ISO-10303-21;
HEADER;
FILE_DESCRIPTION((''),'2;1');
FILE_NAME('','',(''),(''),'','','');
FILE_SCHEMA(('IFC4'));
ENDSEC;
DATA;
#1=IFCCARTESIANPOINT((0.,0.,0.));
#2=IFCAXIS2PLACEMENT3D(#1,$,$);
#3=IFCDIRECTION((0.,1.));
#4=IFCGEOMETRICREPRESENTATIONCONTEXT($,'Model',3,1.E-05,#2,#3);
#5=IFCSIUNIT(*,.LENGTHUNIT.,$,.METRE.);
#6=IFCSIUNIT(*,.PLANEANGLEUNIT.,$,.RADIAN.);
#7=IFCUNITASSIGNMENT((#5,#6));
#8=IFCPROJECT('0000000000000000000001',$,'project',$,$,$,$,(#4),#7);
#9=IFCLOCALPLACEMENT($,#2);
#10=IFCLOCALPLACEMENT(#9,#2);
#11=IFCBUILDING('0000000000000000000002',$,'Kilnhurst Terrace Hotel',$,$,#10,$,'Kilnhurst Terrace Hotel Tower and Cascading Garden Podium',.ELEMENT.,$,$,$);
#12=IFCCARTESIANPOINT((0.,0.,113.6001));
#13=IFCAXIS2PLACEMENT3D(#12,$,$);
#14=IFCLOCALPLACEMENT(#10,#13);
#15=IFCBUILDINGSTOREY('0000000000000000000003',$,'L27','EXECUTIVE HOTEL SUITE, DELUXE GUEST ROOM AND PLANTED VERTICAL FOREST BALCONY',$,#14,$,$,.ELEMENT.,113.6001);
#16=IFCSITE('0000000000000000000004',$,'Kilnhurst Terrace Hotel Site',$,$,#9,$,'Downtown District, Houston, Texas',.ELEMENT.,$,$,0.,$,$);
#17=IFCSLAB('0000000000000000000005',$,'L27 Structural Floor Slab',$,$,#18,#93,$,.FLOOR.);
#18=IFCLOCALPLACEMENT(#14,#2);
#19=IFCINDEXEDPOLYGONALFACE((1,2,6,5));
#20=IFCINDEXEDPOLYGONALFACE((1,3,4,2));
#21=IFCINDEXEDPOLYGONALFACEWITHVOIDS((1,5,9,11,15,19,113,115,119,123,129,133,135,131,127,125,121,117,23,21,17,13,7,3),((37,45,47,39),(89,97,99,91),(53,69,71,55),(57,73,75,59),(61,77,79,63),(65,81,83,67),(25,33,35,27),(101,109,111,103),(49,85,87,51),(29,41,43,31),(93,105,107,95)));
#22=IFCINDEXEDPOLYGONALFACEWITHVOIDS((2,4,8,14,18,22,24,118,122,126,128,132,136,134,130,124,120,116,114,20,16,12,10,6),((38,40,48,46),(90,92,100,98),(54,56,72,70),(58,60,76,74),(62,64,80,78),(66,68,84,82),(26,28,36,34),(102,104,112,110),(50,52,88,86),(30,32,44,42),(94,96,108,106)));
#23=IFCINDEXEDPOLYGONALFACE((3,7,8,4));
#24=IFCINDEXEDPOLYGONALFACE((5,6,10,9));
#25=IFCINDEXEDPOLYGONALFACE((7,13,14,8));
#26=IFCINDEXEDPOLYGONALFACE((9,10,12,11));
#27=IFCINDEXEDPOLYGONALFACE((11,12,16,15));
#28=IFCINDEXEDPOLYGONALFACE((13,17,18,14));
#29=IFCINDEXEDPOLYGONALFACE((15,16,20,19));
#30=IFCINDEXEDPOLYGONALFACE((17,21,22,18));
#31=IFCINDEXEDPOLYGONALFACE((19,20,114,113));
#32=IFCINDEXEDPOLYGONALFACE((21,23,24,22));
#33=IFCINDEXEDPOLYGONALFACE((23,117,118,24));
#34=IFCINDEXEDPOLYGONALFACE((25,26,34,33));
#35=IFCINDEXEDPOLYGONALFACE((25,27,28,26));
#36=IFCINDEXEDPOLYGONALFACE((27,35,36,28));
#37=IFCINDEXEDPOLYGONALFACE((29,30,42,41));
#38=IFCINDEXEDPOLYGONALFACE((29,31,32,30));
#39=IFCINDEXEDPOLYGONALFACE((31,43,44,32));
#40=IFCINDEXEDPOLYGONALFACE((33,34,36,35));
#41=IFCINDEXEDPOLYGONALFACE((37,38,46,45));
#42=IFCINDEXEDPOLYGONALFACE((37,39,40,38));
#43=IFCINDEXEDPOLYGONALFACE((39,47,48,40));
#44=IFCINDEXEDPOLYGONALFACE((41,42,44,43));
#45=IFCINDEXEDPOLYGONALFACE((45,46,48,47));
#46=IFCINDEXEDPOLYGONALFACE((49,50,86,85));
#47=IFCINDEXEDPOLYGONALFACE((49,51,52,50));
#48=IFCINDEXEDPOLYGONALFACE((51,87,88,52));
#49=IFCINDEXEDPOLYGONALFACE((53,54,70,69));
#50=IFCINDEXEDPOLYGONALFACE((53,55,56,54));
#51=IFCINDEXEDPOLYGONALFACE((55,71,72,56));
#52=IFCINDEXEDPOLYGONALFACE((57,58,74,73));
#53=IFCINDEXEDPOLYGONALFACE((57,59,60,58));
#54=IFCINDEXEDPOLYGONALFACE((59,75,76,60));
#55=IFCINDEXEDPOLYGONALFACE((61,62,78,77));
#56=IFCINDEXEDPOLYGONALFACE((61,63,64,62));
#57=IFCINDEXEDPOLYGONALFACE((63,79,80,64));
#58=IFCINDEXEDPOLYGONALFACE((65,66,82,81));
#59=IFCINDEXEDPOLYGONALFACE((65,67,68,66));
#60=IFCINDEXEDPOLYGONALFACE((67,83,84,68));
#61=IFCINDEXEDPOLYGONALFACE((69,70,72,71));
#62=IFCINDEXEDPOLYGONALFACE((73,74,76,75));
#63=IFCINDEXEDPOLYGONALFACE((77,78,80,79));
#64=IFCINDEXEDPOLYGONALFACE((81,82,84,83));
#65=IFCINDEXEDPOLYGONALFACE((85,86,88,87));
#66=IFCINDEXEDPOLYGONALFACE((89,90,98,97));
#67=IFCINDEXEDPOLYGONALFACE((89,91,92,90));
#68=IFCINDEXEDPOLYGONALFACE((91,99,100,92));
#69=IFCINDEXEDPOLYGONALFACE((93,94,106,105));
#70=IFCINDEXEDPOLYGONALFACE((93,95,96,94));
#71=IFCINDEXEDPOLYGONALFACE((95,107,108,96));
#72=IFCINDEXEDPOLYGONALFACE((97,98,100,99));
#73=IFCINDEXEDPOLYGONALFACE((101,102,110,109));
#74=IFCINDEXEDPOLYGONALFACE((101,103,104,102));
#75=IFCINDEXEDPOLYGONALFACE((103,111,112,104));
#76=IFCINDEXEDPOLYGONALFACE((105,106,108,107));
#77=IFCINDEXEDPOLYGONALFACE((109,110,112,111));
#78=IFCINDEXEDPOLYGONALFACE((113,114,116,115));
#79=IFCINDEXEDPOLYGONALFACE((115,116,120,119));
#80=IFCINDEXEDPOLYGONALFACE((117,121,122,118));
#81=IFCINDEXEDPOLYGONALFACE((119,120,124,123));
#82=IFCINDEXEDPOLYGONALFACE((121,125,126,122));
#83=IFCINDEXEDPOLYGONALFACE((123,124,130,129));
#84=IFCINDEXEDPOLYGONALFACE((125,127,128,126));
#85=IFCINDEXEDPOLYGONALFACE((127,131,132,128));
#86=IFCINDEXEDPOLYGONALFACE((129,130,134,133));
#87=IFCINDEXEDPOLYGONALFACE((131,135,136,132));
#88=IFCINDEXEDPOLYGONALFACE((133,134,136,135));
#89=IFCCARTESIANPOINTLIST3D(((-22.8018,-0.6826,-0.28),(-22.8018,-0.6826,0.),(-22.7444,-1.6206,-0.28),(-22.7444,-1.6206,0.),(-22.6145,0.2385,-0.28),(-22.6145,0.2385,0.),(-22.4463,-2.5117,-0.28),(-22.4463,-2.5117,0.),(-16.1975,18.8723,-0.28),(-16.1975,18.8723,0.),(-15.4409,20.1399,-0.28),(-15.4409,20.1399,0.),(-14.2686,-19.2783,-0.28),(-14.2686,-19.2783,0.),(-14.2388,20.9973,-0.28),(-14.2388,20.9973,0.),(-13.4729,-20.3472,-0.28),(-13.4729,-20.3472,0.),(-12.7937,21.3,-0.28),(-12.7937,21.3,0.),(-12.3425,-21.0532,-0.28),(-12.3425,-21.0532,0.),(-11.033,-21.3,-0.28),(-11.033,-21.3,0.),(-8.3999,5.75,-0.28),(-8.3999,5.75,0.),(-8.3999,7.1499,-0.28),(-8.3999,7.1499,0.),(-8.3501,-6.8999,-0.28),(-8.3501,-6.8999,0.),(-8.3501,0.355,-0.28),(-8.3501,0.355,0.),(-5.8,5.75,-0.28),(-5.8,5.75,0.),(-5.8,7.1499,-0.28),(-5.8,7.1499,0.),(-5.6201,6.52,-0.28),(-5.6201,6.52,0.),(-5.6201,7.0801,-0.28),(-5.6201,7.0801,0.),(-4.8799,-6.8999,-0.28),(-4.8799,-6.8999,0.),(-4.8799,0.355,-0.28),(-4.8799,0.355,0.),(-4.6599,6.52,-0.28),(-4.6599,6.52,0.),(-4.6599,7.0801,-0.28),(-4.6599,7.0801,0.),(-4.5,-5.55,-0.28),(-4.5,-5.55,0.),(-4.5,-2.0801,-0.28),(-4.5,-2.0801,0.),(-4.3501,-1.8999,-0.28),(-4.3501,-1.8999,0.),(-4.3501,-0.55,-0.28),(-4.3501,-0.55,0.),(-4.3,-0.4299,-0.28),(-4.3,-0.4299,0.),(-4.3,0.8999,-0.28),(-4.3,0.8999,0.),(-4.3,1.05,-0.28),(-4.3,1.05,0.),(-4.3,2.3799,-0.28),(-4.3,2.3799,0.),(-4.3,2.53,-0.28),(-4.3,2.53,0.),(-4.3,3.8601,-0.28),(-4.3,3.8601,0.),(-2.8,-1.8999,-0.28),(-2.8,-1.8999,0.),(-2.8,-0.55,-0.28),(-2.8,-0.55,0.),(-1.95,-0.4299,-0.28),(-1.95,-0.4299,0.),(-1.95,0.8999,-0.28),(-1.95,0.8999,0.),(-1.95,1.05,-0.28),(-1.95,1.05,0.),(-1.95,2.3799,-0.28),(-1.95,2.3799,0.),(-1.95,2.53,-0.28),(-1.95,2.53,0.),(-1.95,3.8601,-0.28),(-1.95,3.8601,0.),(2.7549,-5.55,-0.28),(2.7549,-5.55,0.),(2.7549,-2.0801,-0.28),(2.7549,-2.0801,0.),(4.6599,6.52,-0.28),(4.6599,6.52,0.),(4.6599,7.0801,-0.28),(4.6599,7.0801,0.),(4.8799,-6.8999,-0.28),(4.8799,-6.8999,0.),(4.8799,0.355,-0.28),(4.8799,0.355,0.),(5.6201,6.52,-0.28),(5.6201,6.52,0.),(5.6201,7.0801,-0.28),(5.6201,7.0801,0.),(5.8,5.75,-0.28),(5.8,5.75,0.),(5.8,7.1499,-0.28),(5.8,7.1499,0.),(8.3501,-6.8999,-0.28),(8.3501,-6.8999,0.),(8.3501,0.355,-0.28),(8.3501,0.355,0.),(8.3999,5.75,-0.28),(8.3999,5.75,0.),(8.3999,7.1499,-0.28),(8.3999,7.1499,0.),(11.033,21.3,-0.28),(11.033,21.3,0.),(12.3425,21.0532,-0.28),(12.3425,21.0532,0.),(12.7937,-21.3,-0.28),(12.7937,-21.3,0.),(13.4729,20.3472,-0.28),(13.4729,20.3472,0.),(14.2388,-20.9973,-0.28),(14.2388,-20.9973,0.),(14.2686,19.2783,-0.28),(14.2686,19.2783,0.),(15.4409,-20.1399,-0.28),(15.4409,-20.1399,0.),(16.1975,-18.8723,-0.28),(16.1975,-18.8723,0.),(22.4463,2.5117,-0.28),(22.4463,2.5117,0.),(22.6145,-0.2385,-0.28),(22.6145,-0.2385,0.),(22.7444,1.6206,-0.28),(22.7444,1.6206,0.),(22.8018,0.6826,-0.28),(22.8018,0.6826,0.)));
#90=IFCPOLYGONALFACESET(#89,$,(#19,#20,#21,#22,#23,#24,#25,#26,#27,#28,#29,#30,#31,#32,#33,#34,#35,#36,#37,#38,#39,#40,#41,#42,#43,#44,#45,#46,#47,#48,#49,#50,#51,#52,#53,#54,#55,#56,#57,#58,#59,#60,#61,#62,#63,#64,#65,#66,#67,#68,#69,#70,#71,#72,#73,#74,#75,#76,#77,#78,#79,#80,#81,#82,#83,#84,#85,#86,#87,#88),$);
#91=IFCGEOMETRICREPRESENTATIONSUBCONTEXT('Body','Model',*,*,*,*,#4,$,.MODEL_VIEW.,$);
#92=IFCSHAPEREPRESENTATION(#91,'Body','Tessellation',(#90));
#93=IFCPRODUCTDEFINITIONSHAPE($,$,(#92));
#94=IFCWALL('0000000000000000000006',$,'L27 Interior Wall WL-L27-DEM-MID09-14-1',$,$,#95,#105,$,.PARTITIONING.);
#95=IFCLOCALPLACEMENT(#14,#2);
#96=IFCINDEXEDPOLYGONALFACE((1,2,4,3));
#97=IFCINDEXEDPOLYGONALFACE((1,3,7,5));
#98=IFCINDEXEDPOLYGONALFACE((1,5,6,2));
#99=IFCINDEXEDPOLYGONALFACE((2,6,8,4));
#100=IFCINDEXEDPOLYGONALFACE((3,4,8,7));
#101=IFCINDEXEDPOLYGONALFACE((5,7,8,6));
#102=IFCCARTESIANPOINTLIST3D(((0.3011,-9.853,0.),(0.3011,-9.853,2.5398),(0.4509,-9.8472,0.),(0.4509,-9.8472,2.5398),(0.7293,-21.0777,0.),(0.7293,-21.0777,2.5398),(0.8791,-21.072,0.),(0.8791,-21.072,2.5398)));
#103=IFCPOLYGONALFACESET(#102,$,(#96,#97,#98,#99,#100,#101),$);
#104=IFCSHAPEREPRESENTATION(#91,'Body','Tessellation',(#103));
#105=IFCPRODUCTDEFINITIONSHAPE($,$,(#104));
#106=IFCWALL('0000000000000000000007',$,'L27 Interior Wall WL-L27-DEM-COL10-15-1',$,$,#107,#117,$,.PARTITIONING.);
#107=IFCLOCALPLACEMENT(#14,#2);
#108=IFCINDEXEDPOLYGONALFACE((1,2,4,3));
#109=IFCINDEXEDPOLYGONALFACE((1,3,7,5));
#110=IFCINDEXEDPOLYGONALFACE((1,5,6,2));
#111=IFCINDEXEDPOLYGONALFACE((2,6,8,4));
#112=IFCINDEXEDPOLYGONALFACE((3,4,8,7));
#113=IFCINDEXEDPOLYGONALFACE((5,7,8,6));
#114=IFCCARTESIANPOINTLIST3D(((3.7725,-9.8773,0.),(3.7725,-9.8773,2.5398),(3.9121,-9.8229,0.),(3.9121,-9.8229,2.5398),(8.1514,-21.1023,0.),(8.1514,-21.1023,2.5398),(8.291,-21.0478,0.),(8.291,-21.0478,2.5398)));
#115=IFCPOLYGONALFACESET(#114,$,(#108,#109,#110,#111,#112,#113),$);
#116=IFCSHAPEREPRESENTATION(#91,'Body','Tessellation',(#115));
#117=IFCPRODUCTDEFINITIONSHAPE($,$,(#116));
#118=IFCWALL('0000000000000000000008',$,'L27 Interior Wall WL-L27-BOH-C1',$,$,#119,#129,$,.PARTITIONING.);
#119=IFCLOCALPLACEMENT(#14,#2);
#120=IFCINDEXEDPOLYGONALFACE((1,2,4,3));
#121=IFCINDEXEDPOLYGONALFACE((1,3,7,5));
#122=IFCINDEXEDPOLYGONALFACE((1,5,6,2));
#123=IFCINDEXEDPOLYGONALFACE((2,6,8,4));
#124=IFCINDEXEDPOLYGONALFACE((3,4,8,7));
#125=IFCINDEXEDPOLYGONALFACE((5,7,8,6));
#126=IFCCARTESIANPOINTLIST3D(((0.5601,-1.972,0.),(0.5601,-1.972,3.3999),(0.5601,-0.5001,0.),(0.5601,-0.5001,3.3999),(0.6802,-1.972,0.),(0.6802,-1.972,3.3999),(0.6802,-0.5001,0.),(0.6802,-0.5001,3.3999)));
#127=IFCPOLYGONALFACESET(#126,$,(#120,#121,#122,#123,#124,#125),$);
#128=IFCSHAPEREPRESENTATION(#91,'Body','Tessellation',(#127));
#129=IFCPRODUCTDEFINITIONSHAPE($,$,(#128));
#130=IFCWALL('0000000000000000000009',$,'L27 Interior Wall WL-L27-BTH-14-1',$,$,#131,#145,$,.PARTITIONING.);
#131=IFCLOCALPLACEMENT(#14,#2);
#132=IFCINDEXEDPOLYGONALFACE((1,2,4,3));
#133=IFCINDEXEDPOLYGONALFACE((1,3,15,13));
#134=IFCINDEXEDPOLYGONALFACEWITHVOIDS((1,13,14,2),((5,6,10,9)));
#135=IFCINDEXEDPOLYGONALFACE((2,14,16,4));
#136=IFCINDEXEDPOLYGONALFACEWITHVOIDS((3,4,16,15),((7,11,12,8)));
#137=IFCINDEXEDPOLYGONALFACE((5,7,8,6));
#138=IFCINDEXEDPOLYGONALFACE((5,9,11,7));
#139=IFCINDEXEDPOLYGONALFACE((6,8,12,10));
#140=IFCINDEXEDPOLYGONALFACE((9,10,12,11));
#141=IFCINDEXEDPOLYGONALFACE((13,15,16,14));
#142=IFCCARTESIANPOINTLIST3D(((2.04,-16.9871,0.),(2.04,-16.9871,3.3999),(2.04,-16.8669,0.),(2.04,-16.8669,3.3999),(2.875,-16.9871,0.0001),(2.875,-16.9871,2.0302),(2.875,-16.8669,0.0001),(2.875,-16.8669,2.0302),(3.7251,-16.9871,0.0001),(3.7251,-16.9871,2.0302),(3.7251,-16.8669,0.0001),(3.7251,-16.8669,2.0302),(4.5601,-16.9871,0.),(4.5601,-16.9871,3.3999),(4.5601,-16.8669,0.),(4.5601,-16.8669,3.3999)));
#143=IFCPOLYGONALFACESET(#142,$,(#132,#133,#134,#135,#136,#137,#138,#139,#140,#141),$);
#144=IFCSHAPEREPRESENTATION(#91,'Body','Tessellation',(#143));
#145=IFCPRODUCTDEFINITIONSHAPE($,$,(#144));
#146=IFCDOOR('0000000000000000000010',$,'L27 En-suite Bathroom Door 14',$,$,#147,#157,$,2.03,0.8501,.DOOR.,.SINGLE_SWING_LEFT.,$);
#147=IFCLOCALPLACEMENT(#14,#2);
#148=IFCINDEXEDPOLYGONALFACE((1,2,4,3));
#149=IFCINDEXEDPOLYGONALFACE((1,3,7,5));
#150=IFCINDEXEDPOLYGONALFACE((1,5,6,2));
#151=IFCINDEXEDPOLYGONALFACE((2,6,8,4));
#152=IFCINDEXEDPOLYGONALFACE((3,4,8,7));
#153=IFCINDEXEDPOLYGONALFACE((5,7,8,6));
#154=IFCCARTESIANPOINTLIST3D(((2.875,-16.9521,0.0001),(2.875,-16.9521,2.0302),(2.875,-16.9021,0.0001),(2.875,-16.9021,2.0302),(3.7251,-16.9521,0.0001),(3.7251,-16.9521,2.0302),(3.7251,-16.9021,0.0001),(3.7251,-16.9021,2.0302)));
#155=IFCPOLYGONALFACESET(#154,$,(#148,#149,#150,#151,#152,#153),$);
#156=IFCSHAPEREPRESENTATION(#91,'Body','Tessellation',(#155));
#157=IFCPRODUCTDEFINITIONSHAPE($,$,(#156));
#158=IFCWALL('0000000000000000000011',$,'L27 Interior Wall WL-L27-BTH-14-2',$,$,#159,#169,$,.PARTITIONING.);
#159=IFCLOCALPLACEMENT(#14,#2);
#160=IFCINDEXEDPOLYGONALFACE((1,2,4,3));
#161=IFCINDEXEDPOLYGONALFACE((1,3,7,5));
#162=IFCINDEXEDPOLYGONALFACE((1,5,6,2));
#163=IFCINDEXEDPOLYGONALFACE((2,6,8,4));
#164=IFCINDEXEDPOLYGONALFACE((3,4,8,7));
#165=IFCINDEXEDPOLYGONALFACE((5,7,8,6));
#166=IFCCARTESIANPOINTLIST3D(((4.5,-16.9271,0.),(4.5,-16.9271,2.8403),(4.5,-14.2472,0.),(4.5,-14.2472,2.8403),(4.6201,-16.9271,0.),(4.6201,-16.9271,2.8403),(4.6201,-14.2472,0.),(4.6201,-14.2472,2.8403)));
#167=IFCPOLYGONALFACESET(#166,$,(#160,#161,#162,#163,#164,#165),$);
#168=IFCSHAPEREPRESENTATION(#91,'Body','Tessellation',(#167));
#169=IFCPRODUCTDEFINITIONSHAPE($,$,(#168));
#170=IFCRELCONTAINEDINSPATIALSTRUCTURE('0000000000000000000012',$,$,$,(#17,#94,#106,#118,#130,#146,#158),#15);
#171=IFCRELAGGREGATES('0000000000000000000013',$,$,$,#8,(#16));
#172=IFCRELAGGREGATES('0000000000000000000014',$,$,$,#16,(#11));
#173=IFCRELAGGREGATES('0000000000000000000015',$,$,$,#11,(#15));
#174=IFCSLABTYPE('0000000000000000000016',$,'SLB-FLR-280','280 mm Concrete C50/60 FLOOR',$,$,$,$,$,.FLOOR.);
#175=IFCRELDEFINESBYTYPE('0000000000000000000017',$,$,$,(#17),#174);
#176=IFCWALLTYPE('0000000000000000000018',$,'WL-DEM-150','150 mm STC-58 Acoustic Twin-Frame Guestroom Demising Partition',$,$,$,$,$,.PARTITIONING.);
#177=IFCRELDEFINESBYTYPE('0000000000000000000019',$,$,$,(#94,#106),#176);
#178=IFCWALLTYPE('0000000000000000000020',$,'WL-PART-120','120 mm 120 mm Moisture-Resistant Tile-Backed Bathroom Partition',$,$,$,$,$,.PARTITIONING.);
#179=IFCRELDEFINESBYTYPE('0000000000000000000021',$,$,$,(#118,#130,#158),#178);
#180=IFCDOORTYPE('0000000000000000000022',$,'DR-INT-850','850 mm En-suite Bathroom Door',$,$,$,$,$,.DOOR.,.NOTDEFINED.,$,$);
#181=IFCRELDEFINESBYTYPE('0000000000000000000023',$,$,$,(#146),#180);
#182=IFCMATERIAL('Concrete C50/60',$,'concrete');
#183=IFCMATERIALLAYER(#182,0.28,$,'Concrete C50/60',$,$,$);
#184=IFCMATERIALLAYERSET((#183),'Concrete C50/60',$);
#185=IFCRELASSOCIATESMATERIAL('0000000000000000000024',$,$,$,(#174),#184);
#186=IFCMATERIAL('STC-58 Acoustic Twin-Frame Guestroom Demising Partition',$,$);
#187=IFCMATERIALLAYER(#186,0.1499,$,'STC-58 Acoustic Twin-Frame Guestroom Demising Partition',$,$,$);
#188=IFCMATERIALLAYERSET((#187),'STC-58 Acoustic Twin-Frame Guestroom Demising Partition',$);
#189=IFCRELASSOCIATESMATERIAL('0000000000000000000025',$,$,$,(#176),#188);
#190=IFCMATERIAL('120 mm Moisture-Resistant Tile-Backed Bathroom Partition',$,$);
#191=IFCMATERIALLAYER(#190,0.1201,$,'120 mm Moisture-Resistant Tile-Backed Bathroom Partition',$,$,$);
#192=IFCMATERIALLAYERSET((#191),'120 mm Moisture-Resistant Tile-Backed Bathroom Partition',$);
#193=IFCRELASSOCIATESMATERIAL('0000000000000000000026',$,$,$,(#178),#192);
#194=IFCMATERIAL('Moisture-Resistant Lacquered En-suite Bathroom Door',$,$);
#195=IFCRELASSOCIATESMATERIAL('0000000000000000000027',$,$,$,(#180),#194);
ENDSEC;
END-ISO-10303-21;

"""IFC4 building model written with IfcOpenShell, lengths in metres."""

from ifc_helpers import new_model, si_unit, direction, frame, frame_2d, origin, place, context, subcontext, project, spatial, polyline, rectangle, outline, extrude, material, layer, layer_set, type_object, element, fill, save


model = new_model("IFC4")

# Units and contexts
model_context = context("Model", 3, precision=1e-05, world=origin(), true_north=direction((0.0, 1.0)))
body_context = subcontext(model_context, "Body", "Model", "MODEL_VIEW")
ifc_project = project(units=[si_unit("LENGTHUNIT", "METRE"), si_unit("PLANEANGLEUNIT", "RADIAN")], contexts=[model_context])

# Site, building, storey
site_placement = place(None, origin())
site = spatial("IfcSite", under=ifc_project, at=site_placement, Name="Kilnhurst Terrace Hotel Site", LongName="Downtown District, Houston, Texas", CompositionType="ELEMENT", RefElevation=0.0)
building_placement = place(site_placement, origin())
building = spatial("IfcBuilding", under=site, at=building_placement, Name="Kilnhurst Terrace Hotel", LongName="Kilnhurst Terrace Hotel Tower and Cascading Garden Podium", CompositionType="ELEMENT")
storey_placement = place(building_placement, frame((0.0, 0.0, 113.6001)))
storey = spatial("IfcBuildingStorey", under=building, at=storey_placement, Name="L27", Description="EXECUTIVE HOTEL SUITE, DELUXE GUEST ROOM AND PLANTED VERTICAL FOREST BALCONY", CompositionType="ELEMENT", Elevation=113.6001)

# Shared definitions
ifc_material_1 = material(Name="Concrete C50/60", Category="concrete")

# Slab
ifc_layer_1 = layer(ifc_material_1, 0.28, Name="Concrete C50/60")
ifc_layer_set_1 = layer_set([ifc_layer_1], Name="Concrete C50/60")
slab_type_1 = type_object("IfcSlabType", Name="SLB-FLR-280", Description="280 mm Concrete C50/60 FLOOR", PredefinedType="FLOOR", material=ifc_layer_set_1)
slab_1_placement = place(storey_placement, frame((0.0, 0.0, -0.28)))
element("IfcSlab", 1, at=slab_1_placement, inside=storey, type_object=slab_type_1, Name="L27 Structural Floor Slab", PredefinedType="FLOOR", context=body_context, shape_type="SweptSolid", body=[
    extrude(outline(polyline([(-14.2686, -19.2783), (-13.4729, -20.3472), (-12.3425, -21.0532), (-11.033, -21.3), (12.7937, -21.3), (14.2388, -20.9973), (15.4409, -20.1399), (16.1975, -18.8723), (22.6145, -0.2385), (22.8018, 0.6826), (22.7444, 1.6206), (22.4463, 2.5117), (14.2686, 19.2783), (13.4729, 20.3472), (12.3425, 21.0532), (11.033, 21.3), (-12.7937, 21.3), (-14.2388, 20.9973), (-15.4409, 20.1399), (-16.1975, 18.8723), (-22.6145, 0.2385), (-22.8018, -0.6826), (-22.7444, -1.6206), (-22.4463, -2.5117), (-14.2686, -19.2783)]), holes=[polyline([(-8.3501, 0.355), (-4.8799, 0.355), (-4.8799, -6.8999), (-8.3501, -6.8999), (-8.3501, 0.355)]), polyline([(-2.8, -1.8999), (-4.3501, -1.8999), (-4.3501, -0.55), (-2.8, -0.55), (-2.8, -1.8999)]), polyline([(-1.95, -0.4299), (-4.3, -0.4299), (-4.3, 0.8999), (-1.95, 0.8999), (-1.95, -0.4299)]), polyline([(-4.3, 1.05), (-4.3, 2.3799), (-1.95, 2.3799), (-1.95, 1.05), (-4.3, 1.05)]), polyline([(-8.3999, 5.75), (-8.3999, 7.1499), (-5.8, 7.1499), (-5.8, 5.75), (-8.3999, 5.75)]), polyline([(-4.6599, 6.52), (-5.6201, 6.52), (-5.6201, 7.0801), (-4.6599, 7.0801), (-4.6599, 6.52)]), polyline([(2.7549, -5.55), (-4.5, -5.55), (-4.5, -2.0801), (2.7549, -2.0801), (2.7549, -5.55)]), polyline([(8.3501, 0.355), (8.3501, -6.8999), (4.8799, -6.8999), (4.8799, 0.355), (8.3501, 0.355)]), polyline([(-1.95, 2.53), (-4.3, 2.53), (-4.3, 3.8601), (-1.95, 3.8601), (-1.95, 2.53)]), polyline([(5.8, 5.75), (5.8, 7.1499), (8.3999, 7.1499), (8.3999, 5.75), (5.8, 5.75)]), polyline([(4.6599, 6.52), (4.6599, 7.0801), (5.6201, 7.0801), (5.6201, 6.52), (4.6599, 6.52)])]), origin(), (0.0, 0.0, 1.0), 0.28),
])

# Walls
ifc_material_2 = material(Name="STC-58 Acoustic Twin-Frame Guestroom Demising Partition")
ifc_layer_2 = layer(ifc_material_2, 0.1499, Name="STC-58 Acoustic Twin-Frame Guestroom Demising Partition")
ifc_layer_set_2 = layer_set([ifc_layer_2], Name="STC-58 Acoustic Twin-Frame Guestroom Demising Partition")
wall_type_1 = type_object("IfcWallType", Name="WL-DEM-150", Description="150 mm STC-58 Acoustic Twin-Frame Guestroom Demising Partition", PredefinedType="PARTITIONING", material=ifc_layer_set_2)
wall_1_placement = place(storey_placement, frame((0.376, -9.8501, 0.0), z_axis=(0.0, 0.0, 1.0), x_axis=(0.038122, -0.999273, 0.0)))
element("IfcWall", 2, at=wall_1_placement, inside=storey, type_object=wall_type_1, Name="L27 Interior Wall WL-L27-DEM-MID09-14-1", PredefinedType="PARTITIONING", context=body_context, shape_type="SweptSolid", body=[
    extrude(rectangle(XDim=11.2329, YDim=0.1499, at=frame_2d((5.6165, 0.0))), origin(), (0.0, 0.0, 1.0), 2.5398),
])
wall_2_placement = place(storey_placement, frame((3.8423, -9.8501, 0.0), z_axis=(0.0, 0.0, 1.0), x_axis=(0.363433, -0.93162, 0.0)))
element("IfcWall", 3, at=wall_2_placement, inside=storey, type_object=wall_type_1, Name="L27 Interior Wall WL-L27-DEM-COL10-15-1", PredefinedType="PARTITIONING", context=body_context, shape_type="SweptSolid", body=[
    extrude(rectangle(XDim=12.0488, YDim=0.1499, at=frame_2d((6.0244, 0.0))), origin(), (0.0, 0.0, 1.0), 2.5398),
])
ifc_material_3 = material(Name="120 mm Moisture-Resistant Tile-Backed Bathroom Partition")
ifc_layer_3 = layer(ifc_material_3, 0.1201, Name="120 mm Moisture-Resistant Tile-Backed Bathroom Partition")
ifc_layer_set_3 = layer_set([ifc_layer_3], Name="120 mm Moisture-Resistant Tile-Backed Bathroom Partition")
wall_type_2 = type_object("IfcWallType", Name="WL-PART-120", Description="120 mm 120 mm Moisture-Resistant Tile-Backed Bathroom Partition", PredefinedType="PARTITIONING", material=ifc_layer_set_3)
wall_3_placement = place(storey_placement, frame((0.6201, -1.9719, 0.0), z_axis=(0.0, 0.0, 1.0), x_axis=(0.0, 1.0, 0.0)))
element("IfcWall", 4, at=wall_3_placement, inside=storey, type_object=wall_type_2, Name="L27 Interior Wall WL-L27-BOH-C1", PredefinedType="PARTITIONING", context=body_context, shape_type="SweptSolid", body=[
    extrude(rectangle(XDim=1.4719, YDim=0.1201, at=frame_2d((0.7358, 0.0))), origin(), (0.0, 0.0, 1.0), 3.3999),
])

# Wall, opening, door
wall_4_placement = place(storey_placement, frame((2.04, -16.927, 0.0), z_axis=(0.0, 0.0, 1.0), x_axis=(1.0, 0.0, 0.0)))
wall_4 = element("IfcWall", 5, at=wall_4_placement, inside=storey, type_object=wall_type_2, Name="L27 Interior Wall WL-L27-BTH-14-1", PredefinedType="PARTITIONING", context=body_context, shape_type="SweptSolid", body=[
    extrude(rectangle(XDim=2.52, YDim=0.1201, at=frame_2d((1.26, 0.0))), origin(), (0.0, 0.0, 1.0), 3.3999),
])
opening_placement = place(wall_4_placement, frame((0.835, 0.0, 0.0)))
opening = element("IfcOpeningElement", 6, at=opening_placement, cuts=wall_4, PredefinedType="OPENING", context=body_context, shape_type="SweptSolid", body=[
    extrude(rectangle(XDim=0.8501, YDim=2.03, at=frame_2d((0.425, 1.0151))), frame((0.0, 0.0701, 0.0), z_axis=(0.0, -1.0, 0.0), x_axis=(1.0, 0.0, 0.0)), (0.0, 0.0, 1.0), 0.1401),
])
ifc_material_4 = material(Name="Moisture-Resistant Lacquered En-suite Bathroom Door")
door_type = type_object("IfcDoorType", Name="DR-INT-850", Description="850 mm En-suite Bathroom Door", OperationType="NOTDEFINED", PredefinedType="DOOR", material=ifc_material_4)
door_placement = place(opening_placement, origin())
door = element("IfcDoor", 7, at=door_placement, inside=storey, type_object=door_type, Name="L27 En-suite Bathroom Door 14", OperationType="SINGLE_SWING_LEFT", OverallHeight=2.03, OverallWidth=0.8501, PredefinedType="DOOR", context=body_context, shape_type="SweptSolid", body=[
    extrude(rectangle(XDim=0.8501, YDim=2.03, at=frame_2d((0.425, 1.0151))), frame((0.0, 0.0249, 0.0), z_axis=(0.0, -1.0, 0.0), x_axis=(1.0, 0.0, 0.0)), (0.0, 0.0, 1.0), 0.05),
])
fill(opening, door)

# Wall
wall_5_placement = place(storey_placement, frame((4.5601, -16.927, 0.0), z_axis=(0.0, 0.0, 1.0), x_axis=(0.0, 1.0, 0.0)))
element("IfcWall", 8, at=wall_5_placement, inside=storey, type_object=wall_type_2, Name="L27 Interior Wall WL-L27-BTH-14-2", PredefinedType="PARTITIONING", context=body_context, shape_type="SweptSolid", body=[
    extrude(rectangle(XDim=2.6799, YDim=0.1201, at=frame_2d((1.3398, 0.0))), origin(), (0.0, 0.0, 1.0), 2.8403),
])

save(model, "model.ifc")
